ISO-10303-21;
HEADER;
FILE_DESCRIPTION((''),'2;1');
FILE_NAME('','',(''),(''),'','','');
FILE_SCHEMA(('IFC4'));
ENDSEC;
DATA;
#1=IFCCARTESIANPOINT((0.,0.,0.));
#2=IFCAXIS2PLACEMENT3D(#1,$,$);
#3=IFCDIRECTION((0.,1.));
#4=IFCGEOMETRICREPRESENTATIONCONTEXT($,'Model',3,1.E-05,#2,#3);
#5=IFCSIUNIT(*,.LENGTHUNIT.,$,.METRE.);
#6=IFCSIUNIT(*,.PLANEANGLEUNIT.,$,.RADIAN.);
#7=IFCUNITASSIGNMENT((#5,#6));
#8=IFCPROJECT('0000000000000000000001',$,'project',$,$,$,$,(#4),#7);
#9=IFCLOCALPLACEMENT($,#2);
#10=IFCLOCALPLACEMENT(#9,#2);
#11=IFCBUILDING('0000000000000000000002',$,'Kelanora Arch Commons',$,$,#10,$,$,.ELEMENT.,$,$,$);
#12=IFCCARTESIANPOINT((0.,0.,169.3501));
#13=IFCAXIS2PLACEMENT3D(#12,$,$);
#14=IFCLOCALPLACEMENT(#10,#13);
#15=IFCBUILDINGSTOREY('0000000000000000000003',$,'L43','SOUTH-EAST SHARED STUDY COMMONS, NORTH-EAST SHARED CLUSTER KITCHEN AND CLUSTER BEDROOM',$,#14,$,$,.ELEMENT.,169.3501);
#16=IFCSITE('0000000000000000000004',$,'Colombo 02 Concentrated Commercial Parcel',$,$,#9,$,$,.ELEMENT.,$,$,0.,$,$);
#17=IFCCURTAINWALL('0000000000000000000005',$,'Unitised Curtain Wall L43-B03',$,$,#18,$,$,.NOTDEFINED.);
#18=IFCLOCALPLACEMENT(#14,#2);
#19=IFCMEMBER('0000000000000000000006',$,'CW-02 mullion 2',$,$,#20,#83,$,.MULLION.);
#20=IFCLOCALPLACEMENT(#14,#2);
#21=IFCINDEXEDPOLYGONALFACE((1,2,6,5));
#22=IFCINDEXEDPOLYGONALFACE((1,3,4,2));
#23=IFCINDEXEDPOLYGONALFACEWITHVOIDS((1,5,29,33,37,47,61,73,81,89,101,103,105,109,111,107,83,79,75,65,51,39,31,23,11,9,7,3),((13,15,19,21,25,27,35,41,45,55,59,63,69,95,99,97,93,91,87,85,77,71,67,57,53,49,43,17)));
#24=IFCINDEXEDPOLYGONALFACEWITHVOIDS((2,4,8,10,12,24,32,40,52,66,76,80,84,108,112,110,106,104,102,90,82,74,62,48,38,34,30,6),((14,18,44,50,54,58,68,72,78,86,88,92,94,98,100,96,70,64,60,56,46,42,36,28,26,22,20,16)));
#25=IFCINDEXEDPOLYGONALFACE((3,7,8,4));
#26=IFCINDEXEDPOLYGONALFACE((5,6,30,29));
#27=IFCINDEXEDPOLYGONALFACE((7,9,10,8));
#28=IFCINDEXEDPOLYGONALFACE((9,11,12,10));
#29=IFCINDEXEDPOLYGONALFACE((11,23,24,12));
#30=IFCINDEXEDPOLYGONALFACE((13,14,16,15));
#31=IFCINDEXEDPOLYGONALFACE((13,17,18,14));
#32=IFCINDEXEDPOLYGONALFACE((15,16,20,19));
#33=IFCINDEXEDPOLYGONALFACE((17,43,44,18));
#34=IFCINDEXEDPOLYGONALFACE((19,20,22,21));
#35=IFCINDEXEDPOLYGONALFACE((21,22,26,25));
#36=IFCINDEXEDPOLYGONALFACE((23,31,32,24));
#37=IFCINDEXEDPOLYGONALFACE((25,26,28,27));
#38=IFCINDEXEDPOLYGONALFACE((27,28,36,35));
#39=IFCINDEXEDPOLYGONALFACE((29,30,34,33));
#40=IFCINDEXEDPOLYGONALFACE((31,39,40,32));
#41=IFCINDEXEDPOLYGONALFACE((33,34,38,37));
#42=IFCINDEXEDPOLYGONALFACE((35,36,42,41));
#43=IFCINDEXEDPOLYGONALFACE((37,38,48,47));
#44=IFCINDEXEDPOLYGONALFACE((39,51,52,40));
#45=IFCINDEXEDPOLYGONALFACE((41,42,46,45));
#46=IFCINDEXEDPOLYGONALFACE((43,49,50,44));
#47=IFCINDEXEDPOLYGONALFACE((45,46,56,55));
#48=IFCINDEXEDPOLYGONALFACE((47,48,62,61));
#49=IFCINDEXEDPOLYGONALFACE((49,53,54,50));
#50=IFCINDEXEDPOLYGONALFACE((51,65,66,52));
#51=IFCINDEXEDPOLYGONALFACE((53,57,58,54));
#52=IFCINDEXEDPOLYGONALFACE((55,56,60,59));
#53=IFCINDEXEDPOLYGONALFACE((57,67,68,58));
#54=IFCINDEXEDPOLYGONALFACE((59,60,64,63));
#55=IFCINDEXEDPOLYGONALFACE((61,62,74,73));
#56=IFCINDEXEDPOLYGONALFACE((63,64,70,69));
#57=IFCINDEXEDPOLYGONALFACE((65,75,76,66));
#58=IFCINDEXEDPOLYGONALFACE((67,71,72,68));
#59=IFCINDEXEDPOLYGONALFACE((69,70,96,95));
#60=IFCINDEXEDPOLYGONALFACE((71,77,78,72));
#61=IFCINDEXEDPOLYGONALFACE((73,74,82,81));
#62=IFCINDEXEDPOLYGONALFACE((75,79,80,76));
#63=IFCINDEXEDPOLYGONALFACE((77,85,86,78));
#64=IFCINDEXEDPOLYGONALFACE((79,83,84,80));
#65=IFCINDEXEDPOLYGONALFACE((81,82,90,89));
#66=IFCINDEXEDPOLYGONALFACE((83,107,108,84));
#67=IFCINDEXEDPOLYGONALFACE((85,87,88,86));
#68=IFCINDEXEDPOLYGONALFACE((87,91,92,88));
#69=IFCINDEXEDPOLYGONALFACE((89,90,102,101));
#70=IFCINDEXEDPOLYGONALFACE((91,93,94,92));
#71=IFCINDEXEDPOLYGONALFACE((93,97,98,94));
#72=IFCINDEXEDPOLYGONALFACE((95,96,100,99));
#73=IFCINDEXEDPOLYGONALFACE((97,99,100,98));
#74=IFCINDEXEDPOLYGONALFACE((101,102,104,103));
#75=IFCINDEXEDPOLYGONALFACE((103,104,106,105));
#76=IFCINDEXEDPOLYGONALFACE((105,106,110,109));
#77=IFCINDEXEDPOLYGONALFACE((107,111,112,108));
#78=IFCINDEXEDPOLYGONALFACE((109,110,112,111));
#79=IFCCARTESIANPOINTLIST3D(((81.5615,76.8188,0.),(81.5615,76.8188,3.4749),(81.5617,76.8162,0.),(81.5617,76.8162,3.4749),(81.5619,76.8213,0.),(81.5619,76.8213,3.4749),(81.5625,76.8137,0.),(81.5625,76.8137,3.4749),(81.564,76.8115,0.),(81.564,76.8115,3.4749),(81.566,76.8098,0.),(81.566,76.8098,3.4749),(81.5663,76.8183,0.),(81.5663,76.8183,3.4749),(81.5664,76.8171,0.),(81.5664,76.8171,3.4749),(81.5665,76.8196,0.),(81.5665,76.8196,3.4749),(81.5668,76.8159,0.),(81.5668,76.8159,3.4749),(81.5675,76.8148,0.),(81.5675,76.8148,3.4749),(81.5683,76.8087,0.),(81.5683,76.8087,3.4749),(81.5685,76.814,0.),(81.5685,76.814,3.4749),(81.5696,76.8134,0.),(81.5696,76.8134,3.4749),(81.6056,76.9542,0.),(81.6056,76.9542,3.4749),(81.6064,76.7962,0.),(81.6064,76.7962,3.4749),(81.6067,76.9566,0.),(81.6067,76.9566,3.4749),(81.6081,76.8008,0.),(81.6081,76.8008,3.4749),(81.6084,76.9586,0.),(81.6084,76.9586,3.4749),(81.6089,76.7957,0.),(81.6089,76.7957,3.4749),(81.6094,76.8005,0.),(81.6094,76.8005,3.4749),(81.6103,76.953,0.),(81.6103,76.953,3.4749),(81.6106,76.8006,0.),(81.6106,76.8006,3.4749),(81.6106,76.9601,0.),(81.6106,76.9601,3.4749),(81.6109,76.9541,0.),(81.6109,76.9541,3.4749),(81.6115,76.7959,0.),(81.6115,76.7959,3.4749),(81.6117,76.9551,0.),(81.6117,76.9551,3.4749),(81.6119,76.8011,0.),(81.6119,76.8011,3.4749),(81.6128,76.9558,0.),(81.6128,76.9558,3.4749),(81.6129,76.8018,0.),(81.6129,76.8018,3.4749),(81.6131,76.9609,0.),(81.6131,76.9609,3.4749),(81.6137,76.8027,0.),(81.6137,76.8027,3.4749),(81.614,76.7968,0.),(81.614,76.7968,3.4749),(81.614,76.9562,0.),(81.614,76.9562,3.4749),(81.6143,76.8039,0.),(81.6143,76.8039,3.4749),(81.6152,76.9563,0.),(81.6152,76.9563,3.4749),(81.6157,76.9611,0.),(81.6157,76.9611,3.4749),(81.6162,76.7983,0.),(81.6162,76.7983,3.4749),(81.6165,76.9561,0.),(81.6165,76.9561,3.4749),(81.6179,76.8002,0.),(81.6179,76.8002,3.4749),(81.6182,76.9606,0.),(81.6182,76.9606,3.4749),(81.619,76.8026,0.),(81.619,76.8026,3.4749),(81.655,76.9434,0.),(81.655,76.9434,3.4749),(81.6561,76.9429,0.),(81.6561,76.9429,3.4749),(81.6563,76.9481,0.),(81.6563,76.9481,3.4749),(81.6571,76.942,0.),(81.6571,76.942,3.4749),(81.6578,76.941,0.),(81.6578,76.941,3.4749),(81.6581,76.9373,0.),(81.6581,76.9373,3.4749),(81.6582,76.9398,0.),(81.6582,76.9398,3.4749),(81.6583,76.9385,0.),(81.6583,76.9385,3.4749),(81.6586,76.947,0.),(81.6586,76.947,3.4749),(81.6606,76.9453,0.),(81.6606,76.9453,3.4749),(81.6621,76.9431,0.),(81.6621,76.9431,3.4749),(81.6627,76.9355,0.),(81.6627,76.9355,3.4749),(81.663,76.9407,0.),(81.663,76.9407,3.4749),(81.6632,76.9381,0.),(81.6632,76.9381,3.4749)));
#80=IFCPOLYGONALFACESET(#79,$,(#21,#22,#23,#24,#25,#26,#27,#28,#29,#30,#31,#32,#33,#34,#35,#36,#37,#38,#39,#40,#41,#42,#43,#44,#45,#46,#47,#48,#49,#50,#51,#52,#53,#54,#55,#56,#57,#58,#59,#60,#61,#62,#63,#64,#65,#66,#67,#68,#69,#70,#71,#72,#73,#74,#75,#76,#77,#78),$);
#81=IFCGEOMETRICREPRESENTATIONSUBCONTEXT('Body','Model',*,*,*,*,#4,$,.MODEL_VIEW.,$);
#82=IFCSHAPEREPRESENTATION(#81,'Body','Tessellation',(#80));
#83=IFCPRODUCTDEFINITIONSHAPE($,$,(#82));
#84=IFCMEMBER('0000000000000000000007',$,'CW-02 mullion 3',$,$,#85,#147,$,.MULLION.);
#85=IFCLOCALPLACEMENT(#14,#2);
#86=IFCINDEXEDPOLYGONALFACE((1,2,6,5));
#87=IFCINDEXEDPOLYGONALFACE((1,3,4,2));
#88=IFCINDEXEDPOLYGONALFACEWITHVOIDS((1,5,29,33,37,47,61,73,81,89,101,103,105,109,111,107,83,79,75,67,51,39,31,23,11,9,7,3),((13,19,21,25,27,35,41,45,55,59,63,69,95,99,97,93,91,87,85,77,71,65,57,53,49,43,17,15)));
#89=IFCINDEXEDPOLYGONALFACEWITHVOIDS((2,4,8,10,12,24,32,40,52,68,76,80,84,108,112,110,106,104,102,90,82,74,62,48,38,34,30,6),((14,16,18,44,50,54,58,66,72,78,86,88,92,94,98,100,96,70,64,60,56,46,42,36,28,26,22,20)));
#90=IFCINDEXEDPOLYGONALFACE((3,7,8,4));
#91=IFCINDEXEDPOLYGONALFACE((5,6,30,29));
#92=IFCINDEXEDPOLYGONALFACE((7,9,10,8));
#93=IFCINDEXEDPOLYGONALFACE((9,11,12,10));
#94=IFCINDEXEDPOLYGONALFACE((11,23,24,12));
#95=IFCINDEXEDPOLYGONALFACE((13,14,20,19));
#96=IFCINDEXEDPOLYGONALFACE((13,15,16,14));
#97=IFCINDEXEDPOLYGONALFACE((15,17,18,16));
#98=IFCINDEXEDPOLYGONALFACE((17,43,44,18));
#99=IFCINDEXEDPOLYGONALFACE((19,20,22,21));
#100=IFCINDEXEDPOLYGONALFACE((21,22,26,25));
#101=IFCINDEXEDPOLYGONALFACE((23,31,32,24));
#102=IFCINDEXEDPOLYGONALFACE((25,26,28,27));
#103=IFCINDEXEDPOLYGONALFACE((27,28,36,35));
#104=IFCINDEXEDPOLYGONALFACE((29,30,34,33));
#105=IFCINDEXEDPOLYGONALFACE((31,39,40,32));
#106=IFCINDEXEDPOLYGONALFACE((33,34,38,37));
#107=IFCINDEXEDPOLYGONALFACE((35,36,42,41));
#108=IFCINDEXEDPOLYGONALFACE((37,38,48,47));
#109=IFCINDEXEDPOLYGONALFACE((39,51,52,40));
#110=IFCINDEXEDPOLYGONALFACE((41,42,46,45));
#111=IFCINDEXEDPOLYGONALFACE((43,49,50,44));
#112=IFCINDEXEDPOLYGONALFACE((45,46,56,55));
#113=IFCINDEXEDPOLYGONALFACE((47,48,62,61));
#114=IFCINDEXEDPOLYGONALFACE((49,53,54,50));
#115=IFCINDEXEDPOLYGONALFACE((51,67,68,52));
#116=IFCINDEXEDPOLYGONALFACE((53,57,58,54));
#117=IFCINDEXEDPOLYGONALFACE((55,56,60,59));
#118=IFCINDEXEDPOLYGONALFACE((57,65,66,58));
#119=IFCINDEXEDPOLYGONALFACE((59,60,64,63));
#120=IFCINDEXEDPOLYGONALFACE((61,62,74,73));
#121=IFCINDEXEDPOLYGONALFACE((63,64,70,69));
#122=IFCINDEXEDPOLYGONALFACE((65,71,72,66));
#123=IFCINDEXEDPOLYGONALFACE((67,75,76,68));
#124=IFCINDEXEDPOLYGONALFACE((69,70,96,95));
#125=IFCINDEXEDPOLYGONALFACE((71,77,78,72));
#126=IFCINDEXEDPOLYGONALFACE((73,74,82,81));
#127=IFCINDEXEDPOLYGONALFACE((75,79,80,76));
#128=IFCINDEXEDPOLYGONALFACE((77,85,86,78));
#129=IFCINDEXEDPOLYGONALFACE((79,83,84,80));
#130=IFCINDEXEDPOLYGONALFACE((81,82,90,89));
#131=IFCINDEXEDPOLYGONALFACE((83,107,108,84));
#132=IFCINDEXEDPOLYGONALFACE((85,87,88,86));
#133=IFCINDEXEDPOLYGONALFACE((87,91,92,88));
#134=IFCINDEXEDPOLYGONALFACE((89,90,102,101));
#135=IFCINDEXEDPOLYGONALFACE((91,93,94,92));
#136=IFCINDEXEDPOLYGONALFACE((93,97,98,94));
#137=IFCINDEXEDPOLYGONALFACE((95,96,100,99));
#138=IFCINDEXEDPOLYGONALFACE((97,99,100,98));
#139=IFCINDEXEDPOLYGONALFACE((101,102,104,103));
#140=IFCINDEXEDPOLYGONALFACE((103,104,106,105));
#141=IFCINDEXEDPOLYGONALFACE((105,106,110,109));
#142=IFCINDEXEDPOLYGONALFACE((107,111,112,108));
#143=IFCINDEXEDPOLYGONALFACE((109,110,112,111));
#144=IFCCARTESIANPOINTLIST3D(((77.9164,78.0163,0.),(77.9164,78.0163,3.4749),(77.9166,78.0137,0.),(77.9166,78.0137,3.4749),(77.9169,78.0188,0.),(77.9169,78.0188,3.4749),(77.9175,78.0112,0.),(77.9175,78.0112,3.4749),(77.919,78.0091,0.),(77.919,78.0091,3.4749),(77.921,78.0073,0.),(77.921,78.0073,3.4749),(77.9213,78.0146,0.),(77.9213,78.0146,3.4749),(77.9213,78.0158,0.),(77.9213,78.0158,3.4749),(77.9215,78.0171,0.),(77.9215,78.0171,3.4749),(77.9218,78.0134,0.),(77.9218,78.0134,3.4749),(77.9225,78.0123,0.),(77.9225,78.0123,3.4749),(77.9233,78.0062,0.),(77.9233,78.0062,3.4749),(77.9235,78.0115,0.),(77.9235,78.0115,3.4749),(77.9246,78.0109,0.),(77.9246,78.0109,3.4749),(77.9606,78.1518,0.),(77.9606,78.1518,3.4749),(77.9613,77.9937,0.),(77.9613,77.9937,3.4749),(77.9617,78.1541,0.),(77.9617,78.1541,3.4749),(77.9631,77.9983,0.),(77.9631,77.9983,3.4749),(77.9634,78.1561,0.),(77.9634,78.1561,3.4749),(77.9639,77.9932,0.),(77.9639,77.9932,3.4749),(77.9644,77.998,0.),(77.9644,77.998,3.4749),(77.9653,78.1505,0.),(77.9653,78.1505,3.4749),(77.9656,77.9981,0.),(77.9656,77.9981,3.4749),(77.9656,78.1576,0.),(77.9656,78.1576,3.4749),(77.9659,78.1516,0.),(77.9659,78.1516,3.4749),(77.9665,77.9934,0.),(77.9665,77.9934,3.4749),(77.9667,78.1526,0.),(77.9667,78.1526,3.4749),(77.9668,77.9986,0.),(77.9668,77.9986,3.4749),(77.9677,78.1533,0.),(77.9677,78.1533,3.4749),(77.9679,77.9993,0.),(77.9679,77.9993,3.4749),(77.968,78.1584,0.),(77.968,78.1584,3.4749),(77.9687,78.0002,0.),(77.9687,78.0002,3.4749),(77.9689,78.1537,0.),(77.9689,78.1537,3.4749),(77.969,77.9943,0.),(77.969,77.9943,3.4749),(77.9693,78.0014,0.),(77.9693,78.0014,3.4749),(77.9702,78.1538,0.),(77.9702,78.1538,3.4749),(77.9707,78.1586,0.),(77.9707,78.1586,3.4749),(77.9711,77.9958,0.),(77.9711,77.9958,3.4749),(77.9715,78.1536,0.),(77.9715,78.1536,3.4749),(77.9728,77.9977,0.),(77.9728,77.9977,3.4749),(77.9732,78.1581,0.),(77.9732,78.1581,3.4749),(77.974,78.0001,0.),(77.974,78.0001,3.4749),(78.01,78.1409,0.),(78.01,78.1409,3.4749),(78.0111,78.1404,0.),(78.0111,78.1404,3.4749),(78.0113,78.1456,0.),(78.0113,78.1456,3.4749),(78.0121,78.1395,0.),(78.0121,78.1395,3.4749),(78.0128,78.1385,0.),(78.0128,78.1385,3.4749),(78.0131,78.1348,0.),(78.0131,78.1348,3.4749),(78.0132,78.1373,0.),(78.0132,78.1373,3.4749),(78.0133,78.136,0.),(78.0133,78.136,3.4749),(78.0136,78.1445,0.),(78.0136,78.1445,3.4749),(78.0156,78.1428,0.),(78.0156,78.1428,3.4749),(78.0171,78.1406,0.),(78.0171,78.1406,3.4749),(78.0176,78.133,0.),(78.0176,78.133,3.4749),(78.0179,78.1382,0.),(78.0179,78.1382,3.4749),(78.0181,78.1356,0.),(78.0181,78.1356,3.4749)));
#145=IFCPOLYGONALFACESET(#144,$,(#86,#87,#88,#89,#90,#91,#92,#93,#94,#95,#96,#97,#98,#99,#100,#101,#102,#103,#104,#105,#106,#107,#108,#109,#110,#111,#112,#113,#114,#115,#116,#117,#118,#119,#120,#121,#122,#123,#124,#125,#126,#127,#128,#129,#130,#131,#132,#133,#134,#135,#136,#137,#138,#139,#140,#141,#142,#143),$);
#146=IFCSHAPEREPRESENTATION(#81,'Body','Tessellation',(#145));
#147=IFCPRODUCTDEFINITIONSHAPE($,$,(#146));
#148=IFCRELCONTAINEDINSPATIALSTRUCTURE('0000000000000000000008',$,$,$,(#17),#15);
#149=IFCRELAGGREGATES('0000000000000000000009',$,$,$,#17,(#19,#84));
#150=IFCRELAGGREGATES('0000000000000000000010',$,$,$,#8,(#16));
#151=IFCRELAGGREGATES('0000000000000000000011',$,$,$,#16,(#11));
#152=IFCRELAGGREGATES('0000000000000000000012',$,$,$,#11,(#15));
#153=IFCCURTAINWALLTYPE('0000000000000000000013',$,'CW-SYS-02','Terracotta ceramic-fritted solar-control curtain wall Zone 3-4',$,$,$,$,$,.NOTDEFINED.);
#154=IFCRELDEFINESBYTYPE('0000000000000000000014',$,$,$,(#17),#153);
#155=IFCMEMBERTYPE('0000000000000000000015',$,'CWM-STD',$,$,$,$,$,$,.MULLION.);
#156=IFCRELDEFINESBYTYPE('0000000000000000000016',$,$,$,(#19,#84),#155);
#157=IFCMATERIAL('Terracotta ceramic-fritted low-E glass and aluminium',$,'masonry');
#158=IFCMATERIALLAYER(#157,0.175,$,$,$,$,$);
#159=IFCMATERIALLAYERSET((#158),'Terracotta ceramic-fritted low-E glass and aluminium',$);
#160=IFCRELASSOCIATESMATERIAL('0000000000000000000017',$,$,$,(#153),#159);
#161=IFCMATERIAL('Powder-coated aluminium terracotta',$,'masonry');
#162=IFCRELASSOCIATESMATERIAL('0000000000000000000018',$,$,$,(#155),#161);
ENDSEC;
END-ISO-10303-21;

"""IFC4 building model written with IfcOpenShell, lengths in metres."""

from ifc_helpers import new_model, si_unit, direction, frame, origin, origin_2d, place, context, subcontext, project, spatial, hollow_rectangle, extrude, material, layer, layer_set, material_profile, profile_set, type_object, element, aggregate, save


model = new_model("IFC4")

# Units and contexts
model_context = context("Model", 3, precision=1e-05, world=origin(), true_north=direction((0.0, 1.0)))
body_context = subcontext(model_context, "Body", "Model", "MODEL_VIEW")
ifc_project = project(units=[si_unit("LENGTHUNIT", "METRE"), si_unit("PLANEANGLEUNIT", "RADIAN")], contexts=[model_context])

# Site, building, storey
site_placement = place(None, origin())
site = spatial("IfcSite", under=ifc_project, at=site_placement, Name="Colombo 02 Concentrated Commercial Parcel", CompositionType="ELEMENT", RefElevation=0.0)
building_placement = place(site_placement, origin())
building = spatial("IfcBuilding", under=site, at=building_placement, Name="Kelanora Arch Commons", CompositionType="ELEMENT")
storey_placement = place(building_placement, frame((0.0, 0.0, 169.3501)))
storey = spatial("IfcBuildingStorey", under=building, at=storey_placement, Name="L43", Description="SOUTH-EAST SHARED STUDY COMMONS, NORTH-EAST SHARED CLUSTER KITCHEN AND CLUSTER BEDROOM", CompositionType="ELEMENT", Elevation=169.3501)

# Curtain wall, members
ifc_material_1 = material(Name="Terracotta ceramic-fritted low-E glass and aluminium", Category="masonry")
ifc_layer_1 = layer(ifc_material_1, 0.175)
ifc_layer_set_1 = layer_set([ifc_layer_1], Name="Terracotta ceramic-fritted low-E glass and aluminium")
curtain_wall_type = type_object("IfcCurtainWallType", Name="CW-SYS-02", Description="Terracotta ceramic-fritted solar-control curtain wall Zone 3-4", PredefinedType="NOTDEFINED", material=ifc_layer_set_1)
curtain_wall_placement = place(storey_placement, origin())
curtain_wall = element("IfcCurtainWall", 1, at=curtain_wall_placement, inside=storey, type_object=curtain_wall_type, Name="Unitised Curtain Wall L43-B03", PredefinedType="NOTDEFINED")
ifc_material_2 = material(Name="Powder-coated aluminium terracotta", Category="masonry")
ifc_material_profile_1 = material_profile(ifc_material_2, hollow_rectangle(XDim=0.1599, YDim=0.0601, WallThickness=0.0049, InnerFilletRadius=0.0049, OuterFilletRadius=0.01, at=origin_2d()), Name="CWM160x60")
ifc_profile_set_1 = profile_set([ifc_material_profile_1], Name="Powder-coated aluminium terracotta")
member_type_1 = type_object("IfcMemberType", Name="CWM-STD", PredefinedType="MULLION", material=ifc_profile_set_1)
member_1_placement = place(storey_placement, frame((81.6123, 76.8784, 0.0), z_axis=(0.0, 0.0, 1.0), x_axis=(-0.312128, -0.95004, 0.0)))
member_1 = element("IfcMember", 2, at=member_1_placement, type_object=member_type_1, Name="CW-02 mullion 2", PredefinedType="MULLION", context=body_context, shape_type="SweptSolid", body=[
    extrude(hollow_rectangle(XDim=0.1599, YDim=0.0601, WallThickness=0.0049, InnerFilletRadius=0.0049, OuterFilletRadius=0.01, at=origin_2d()), origin(), (0.0, 0.0, 1.0), 3.4749),
])
member_2_placement = place(storey_placement, frame((77.9673, 78.0759, 0.0), z_axis=(0.0, 0.0, 1.0), x_axis=(-0.312128, -0.95004, 0.0)))
member_2 = element("IfcMember", 3, at=member_2_placement, type_object=member_type_1, Name="CW-02 mullion 3", PredefinedType="MULLION", context=body_context, shape_type="SweptSolid", body=[
    extrude(hollow_rectangle(XDim=0.1599, YDim=0.0601, WallThickness=0.0049, InnerFilletRadius=0.0049, OuterFilletRadius=0.01, at=origin_2d()), origin(), (0.0, 0.0, 1.0), 3.4749),
])
aggregate(curtain_wall, [member_1, member_2])

save(model, "model.ifc")
